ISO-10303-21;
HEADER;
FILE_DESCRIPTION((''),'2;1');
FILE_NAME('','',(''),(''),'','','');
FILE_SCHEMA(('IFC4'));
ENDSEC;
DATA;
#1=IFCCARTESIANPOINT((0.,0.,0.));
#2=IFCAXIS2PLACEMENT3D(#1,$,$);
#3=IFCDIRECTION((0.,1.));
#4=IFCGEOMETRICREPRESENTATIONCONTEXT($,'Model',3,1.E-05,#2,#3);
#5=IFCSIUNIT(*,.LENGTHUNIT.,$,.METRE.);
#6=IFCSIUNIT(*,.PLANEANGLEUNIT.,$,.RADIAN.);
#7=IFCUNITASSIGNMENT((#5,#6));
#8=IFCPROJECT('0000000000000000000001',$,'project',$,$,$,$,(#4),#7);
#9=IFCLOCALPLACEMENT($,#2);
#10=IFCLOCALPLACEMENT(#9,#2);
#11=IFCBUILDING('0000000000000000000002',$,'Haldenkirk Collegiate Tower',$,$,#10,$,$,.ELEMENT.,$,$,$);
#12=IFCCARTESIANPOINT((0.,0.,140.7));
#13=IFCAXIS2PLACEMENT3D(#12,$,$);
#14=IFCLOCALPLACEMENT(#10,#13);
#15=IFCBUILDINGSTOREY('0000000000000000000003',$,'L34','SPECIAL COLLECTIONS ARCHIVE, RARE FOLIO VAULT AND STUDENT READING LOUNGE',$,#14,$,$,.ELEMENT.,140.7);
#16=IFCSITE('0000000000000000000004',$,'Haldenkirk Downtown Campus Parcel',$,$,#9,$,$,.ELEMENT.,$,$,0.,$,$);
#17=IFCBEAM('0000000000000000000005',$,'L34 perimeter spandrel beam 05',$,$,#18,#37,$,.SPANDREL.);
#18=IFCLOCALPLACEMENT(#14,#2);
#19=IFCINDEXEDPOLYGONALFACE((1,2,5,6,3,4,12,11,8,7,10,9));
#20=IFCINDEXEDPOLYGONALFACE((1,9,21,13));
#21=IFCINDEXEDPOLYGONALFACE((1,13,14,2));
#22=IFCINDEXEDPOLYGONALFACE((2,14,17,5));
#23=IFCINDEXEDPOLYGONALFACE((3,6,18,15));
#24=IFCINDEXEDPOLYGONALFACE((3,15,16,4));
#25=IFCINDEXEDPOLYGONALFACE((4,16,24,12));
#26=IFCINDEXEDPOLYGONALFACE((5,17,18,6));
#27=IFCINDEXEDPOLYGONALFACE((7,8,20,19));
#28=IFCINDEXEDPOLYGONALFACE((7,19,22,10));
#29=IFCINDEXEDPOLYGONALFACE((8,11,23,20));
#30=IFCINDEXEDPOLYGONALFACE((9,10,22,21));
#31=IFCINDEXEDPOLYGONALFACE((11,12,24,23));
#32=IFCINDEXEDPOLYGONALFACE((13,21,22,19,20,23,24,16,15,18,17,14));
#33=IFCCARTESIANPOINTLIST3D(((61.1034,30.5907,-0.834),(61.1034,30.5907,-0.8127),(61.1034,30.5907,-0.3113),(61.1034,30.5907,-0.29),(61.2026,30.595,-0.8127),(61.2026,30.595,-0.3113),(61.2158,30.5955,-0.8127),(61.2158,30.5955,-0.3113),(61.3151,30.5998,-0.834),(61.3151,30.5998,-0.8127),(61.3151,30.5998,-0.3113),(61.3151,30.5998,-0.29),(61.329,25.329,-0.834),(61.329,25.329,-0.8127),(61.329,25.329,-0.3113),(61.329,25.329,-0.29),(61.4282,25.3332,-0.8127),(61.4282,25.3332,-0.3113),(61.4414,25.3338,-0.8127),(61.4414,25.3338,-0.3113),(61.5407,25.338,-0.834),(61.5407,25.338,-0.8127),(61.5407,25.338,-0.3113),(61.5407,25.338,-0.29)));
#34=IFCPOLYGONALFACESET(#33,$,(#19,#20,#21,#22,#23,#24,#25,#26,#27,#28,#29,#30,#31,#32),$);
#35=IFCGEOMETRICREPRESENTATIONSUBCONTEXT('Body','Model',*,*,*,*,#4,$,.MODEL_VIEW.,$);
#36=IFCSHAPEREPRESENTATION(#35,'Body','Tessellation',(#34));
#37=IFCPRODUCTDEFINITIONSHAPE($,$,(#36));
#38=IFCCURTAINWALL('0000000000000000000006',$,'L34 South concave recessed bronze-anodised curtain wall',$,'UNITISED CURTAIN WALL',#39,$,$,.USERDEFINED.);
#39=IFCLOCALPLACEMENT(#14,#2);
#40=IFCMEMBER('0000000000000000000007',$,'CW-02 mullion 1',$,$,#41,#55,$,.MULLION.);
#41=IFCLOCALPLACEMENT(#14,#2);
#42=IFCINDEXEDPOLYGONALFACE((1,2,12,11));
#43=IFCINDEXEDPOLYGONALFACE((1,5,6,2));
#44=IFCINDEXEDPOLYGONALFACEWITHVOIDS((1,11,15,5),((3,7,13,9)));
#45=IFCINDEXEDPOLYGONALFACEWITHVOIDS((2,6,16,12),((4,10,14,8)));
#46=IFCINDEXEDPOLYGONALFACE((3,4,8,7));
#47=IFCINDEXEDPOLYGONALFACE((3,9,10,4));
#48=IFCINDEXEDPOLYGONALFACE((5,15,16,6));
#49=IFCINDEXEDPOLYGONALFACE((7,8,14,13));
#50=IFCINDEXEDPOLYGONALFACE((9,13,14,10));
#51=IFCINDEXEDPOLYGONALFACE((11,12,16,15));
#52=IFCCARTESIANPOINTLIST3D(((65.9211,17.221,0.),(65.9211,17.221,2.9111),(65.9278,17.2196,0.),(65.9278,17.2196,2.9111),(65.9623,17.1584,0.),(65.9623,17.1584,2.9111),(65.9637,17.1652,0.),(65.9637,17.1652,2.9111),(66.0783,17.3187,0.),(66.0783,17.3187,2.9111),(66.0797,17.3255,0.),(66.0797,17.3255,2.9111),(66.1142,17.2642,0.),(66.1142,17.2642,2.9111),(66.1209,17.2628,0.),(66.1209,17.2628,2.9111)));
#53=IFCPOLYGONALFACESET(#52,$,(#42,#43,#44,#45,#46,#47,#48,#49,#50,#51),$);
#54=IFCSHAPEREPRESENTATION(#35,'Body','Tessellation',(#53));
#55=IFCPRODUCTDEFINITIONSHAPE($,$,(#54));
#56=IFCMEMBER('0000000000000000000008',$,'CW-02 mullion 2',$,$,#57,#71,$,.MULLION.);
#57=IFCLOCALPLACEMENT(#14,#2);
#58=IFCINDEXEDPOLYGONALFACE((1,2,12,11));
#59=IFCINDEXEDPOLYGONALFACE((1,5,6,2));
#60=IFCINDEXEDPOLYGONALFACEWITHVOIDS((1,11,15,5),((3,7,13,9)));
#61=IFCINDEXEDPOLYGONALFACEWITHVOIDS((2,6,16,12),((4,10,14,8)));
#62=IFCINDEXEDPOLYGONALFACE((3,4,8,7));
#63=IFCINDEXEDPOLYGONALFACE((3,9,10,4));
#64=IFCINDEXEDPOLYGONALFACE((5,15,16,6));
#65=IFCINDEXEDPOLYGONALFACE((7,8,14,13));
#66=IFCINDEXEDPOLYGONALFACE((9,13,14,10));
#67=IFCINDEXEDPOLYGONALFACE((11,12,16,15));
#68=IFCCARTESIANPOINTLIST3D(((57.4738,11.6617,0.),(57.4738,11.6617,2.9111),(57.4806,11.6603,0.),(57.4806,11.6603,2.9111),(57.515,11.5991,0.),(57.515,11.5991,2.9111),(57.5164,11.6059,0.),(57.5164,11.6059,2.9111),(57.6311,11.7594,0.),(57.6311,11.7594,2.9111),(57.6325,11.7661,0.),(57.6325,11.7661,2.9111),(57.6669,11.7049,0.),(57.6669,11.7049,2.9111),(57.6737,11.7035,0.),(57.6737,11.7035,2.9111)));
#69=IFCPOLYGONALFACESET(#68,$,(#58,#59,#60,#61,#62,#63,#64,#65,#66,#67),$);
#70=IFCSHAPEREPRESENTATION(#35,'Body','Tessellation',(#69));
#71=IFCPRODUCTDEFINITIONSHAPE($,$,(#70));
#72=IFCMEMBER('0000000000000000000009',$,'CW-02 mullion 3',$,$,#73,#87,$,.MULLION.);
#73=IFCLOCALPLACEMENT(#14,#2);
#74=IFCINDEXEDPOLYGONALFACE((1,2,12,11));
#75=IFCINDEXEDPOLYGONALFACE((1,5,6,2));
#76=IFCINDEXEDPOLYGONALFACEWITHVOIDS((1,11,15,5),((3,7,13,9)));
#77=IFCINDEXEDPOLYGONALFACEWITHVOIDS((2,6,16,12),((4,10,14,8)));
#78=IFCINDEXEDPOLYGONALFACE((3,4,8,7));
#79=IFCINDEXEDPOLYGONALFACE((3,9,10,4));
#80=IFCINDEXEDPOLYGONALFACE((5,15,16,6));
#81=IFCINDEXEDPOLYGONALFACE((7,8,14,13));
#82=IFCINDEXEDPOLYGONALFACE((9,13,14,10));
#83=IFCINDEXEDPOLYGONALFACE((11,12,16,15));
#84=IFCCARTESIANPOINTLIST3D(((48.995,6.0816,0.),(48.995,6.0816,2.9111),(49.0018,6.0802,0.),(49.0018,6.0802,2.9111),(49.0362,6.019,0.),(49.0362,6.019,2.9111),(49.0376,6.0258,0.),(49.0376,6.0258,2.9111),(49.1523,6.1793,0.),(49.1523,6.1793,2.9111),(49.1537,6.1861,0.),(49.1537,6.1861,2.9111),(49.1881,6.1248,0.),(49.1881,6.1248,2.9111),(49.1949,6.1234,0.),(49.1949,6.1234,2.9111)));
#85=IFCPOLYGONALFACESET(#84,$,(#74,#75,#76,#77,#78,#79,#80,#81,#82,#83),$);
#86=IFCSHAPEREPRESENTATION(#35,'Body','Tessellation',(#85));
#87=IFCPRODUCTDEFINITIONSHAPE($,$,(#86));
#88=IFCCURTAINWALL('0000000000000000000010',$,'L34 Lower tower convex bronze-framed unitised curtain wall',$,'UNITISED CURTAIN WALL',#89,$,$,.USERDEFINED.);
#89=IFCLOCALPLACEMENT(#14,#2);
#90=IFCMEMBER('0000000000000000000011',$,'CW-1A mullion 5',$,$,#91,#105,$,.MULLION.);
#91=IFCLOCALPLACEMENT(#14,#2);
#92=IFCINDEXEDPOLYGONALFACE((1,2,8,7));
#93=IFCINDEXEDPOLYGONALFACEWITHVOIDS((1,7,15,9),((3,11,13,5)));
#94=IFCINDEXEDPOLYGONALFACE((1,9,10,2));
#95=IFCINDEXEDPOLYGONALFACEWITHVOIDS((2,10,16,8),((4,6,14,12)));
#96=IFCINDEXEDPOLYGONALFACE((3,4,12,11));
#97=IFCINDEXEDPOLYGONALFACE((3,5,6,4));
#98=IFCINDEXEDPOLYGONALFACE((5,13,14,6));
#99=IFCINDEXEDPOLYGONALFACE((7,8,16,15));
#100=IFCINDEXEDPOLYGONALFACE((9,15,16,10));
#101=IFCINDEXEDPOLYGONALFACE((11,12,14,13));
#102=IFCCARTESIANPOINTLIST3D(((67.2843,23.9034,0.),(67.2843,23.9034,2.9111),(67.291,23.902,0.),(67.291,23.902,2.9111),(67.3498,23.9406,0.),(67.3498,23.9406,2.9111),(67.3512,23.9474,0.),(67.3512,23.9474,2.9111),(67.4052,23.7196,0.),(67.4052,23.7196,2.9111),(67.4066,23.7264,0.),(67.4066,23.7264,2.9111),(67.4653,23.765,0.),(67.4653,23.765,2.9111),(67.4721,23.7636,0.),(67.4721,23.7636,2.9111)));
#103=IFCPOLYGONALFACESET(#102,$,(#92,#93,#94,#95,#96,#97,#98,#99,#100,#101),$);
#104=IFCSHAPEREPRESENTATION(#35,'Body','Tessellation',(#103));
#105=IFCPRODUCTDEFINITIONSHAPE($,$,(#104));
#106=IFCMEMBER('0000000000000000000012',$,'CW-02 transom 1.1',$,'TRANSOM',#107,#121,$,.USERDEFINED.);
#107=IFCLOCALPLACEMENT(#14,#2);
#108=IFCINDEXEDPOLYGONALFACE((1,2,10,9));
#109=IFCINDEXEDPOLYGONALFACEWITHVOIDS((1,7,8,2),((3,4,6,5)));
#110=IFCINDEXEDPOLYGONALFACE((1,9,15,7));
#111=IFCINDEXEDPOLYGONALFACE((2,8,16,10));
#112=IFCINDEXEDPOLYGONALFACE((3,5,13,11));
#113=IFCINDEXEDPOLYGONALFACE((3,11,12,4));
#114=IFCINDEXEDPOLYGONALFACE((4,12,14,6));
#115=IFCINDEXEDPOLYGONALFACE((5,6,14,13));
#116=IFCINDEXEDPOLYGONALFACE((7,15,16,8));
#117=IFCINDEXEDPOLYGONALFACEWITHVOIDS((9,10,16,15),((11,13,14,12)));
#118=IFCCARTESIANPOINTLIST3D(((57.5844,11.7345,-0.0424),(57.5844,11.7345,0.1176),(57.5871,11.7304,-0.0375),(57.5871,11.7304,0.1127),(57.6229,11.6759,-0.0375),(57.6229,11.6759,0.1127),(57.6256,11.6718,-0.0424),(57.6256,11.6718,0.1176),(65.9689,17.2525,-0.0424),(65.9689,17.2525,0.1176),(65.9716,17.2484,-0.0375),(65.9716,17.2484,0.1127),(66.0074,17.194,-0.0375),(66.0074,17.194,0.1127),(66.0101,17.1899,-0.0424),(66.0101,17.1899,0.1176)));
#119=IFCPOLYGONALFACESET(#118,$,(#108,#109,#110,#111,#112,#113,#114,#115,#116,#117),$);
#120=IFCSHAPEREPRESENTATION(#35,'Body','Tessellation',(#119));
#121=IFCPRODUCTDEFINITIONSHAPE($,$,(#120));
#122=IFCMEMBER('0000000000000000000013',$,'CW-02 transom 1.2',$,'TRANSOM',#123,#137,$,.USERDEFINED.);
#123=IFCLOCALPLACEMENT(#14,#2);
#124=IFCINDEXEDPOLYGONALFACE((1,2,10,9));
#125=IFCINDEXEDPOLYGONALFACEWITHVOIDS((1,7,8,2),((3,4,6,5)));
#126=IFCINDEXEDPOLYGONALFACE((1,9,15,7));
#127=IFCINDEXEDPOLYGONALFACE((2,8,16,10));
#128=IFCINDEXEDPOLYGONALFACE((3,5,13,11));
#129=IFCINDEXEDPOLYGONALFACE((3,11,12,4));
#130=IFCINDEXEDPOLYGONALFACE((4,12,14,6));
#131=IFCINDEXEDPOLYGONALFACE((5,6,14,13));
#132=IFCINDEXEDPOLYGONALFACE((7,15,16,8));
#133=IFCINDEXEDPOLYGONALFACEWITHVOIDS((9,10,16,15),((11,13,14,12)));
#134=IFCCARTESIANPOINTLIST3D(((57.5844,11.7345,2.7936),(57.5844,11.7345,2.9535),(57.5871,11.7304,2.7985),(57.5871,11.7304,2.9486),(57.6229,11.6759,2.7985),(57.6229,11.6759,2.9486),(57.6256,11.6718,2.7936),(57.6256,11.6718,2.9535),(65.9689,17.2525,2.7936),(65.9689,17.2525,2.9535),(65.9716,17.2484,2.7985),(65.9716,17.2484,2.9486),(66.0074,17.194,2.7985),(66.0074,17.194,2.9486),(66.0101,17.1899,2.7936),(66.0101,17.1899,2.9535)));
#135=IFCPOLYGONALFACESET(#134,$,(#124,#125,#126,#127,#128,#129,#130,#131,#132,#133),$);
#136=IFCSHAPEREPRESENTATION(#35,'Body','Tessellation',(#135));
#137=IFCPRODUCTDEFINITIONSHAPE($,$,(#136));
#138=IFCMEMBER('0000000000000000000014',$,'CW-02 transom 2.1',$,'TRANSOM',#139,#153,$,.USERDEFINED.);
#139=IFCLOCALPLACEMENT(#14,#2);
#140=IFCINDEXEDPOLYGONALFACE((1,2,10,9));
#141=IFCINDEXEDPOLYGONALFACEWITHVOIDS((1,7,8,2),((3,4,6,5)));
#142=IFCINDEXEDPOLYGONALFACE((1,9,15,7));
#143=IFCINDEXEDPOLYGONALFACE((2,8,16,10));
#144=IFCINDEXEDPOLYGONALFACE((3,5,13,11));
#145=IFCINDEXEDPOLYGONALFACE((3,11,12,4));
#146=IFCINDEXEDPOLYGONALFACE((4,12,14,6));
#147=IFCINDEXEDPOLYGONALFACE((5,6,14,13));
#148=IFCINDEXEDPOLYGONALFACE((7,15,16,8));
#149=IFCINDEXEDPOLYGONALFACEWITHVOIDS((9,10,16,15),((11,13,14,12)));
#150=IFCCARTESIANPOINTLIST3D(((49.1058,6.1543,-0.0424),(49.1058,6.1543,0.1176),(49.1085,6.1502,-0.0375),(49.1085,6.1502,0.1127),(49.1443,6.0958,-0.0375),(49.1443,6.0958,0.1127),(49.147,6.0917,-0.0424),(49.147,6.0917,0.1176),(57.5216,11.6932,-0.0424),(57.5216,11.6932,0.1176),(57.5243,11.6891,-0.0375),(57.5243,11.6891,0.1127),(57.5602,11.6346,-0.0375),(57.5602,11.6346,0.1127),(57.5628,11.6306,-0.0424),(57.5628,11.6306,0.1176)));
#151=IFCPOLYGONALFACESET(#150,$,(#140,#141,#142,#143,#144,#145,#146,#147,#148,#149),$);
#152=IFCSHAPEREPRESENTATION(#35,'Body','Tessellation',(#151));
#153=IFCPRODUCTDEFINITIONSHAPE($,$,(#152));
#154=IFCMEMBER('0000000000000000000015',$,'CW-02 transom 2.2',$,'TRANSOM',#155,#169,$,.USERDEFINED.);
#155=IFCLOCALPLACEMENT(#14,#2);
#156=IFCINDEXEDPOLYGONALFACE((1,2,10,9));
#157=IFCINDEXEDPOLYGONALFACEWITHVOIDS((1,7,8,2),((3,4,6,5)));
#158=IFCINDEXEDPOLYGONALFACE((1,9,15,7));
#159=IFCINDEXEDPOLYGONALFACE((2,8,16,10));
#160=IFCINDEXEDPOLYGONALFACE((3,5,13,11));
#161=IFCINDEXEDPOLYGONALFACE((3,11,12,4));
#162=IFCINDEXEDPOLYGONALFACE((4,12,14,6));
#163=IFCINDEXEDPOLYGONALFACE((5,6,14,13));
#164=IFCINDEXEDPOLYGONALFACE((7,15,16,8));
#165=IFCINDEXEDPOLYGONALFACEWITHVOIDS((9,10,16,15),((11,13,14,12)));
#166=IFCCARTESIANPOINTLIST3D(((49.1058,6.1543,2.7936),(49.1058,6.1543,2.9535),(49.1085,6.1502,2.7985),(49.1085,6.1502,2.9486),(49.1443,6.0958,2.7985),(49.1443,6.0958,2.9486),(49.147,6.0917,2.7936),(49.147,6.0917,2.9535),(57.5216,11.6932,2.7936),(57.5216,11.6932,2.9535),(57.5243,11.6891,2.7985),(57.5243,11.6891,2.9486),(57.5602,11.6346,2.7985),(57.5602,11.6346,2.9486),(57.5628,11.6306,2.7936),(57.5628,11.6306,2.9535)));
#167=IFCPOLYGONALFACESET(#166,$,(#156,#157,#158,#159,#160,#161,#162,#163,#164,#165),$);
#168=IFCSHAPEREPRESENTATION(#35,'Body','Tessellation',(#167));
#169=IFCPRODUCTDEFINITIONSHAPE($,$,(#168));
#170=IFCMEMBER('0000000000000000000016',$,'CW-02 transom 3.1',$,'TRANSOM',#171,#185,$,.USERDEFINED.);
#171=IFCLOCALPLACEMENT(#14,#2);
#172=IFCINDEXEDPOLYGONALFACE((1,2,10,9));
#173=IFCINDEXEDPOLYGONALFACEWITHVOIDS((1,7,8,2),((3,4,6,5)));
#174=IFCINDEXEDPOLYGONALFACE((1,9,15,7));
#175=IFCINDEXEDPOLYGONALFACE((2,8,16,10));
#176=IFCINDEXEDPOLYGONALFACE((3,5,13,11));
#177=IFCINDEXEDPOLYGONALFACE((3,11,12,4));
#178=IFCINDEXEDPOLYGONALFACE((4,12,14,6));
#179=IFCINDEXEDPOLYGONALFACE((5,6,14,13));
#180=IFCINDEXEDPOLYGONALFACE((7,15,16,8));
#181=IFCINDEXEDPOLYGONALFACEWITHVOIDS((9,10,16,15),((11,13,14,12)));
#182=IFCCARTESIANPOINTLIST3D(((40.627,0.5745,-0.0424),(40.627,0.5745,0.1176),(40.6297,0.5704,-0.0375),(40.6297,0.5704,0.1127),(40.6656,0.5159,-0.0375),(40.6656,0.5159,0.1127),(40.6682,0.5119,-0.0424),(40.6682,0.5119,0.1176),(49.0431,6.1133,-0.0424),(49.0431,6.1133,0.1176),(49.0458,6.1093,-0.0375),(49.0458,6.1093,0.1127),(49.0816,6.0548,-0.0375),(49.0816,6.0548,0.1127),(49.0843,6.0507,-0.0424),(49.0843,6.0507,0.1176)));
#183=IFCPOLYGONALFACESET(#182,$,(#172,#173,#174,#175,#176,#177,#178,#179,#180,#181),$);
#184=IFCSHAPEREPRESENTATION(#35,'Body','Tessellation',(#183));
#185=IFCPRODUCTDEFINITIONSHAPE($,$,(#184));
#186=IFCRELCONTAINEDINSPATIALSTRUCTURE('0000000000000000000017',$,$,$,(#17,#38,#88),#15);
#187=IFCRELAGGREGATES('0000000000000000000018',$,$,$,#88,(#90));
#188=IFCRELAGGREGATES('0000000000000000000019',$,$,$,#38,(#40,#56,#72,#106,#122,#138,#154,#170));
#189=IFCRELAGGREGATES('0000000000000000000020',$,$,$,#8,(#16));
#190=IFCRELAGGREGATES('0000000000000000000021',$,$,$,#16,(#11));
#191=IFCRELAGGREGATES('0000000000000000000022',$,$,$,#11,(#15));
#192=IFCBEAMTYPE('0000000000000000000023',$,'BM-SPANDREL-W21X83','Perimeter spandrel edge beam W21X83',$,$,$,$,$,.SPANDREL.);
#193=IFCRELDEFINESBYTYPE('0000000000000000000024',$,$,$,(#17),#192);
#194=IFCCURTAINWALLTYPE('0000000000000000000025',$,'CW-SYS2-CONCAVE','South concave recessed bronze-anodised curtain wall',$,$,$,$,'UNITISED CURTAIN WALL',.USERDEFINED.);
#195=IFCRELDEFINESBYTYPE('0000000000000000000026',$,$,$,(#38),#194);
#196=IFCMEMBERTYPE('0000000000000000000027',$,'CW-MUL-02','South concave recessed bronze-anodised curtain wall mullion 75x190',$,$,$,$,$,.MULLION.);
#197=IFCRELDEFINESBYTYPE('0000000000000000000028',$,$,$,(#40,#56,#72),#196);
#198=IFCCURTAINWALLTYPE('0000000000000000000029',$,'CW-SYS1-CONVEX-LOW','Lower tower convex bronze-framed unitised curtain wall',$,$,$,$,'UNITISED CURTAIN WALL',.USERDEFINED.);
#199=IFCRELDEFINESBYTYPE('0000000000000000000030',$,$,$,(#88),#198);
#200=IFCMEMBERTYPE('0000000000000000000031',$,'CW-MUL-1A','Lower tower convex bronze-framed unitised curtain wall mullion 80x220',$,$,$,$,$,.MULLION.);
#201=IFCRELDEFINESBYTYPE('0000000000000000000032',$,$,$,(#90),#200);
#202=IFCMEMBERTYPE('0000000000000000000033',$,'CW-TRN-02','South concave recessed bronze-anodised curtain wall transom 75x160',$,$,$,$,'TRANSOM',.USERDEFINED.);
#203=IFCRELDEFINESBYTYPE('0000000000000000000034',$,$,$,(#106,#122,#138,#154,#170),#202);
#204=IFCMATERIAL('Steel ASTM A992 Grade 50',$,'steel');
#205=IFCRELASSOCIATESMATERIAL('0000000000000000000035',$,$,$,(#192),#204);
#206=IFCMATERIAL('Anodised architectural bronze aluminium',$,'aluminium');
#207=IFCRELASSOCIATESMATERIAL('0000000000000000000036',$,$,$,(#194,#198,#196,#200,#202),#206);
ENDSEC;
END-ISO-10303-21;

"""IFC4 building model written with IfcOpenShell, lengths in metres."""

from ifc_helpers import new_model, si_unit, direction, frame, origin, origin_2d, place, context, subcontext, project, spatial, hollow_rectangle, i_section, extrude, material, material_profile, profile_set, type_object, element, aggregate, save


model = new_model("IFC4")

# Units and contexts
model_context = context("Model", 3, precision=1e-05, world=origin(), true_north=direction((0.0, 1.0)))
body_context = subcontext(model_context, "Body", "Model", "MODEL_VIEW")
ifc_project = project(units=[si_unit("LENGTHUNIT", "METRE"), si_unit("PLANEANGLEUNIT", "RADIAN")], contexts=[model_context])

# Site, building, storey
site_placement = place(None, origin())
site = spatial("IfcSite", under=ifc_project, at=site_placement, Name="Haldenkirk Downtown Campus Parcel", CompositionType="ELEMENT", RefElevation=0.0)
building_placement = place(site_placement, origin())
building = spatial("IfcBuilding", under=site, at=building_placement, Name="Haldenkirk Collegiate Tower", CompositionType="ELEMENT")
storey_placement = place(building_placement, frame((0.0, 0.0, 140.7)))
storey = spatial("IfcBuildingStorey", under=building, at=storey_placement, Name="L34", Description="SPECIAL COLLECTIONS ARCHIVE, RARE FOLIO VAULT AND STUDENT READING LOUNGE", CompositionType="ELEMENT", Elevation=140.7)

# Beam
ifc_material_1 = material(Name="Steel ASTM A992 Grade 50", Category="steel")
ifc_material_profile_1 = material_profile(ifc_material_1, i_section(OverallWidth=0.2119, OverallDepth=0.5439, WebThickness=0.0132, FlangeThickness=0.0212, at=origin_2d()), Name="W21X83")
ifc_profile_set_1 = profile_set([ifc_material_profile_1], Name="Steel ASTM A992 Grade 50")
beam_type_1 = type_object("IfcBeamType", Name="BM-SPANDREL-W21X83", Description="Perimeter spandrel edge beam W21X83", PredefinedType="SPANDREL", material=ifc_profile_set_1)
beam_1_placement = place(storey_placement, frame((61.4348, 25.3335, -0.562), z_axis=(-0.042834, 0.999082, 0.0), x_axis=(-0.999082, -0.042834, 0.0)))
element("IfcBeam", 1, at=beam_1_placement, inside=storey, type_object=beam_type_1, Name="L34 perimeter spandrel beam 05", PredefinedType="SPANDREL", context=body_context, shape_type="SweptSolid", body=[
    extrude(i_section(OverallWidth=0.2119, OverallDepth=0.5439, WebThickness=0.0132, FlangeThickness=0.0212, at=origin_2d()), origin(), (0.0, 0.0, 1.0), 5.2666),
])

# Curtain wall, members
ifc_material_2 = material(Name="Anodised architectural bronze aluminium", Category="aluminium")
curtain_wall_type_1 = type_object("IfcCurtainWallType", Name="CW-SYS2-CONCAVE", Description="South concave recessed bronze-anodised curtain wall", ElementType="UNITISED CURTAIN WALL", PredefinedType="USERDEFINED", material=ifc_material_2)
curtain_wall_1_placement = place(storey_placement, origin())
curtain_wall_1 = element("IfcCurtainWall", 2, at=curtain_wall_1_placement, inside=storey, type_object=curtain_wall_type_1, Name="L34 South concave recessed bronze-anodised curtain wall", ObjectType="UNITISED CURTAIN WALL", PredefinedType="USERDEFINED")
ifc_material_profile_2 = material_profile(ifc_material_2, hollow_rectangle(XDim=0.075, YDim=0.1899, WallThickness=0.0049, at=origin_2d()), Name="CW-MUL-02")
ifc_profile_set_2 = profile_set([ifc_material_profile_2], Name="Anodised architectural bronze aluminium")
member_type_1 = type_object("IfcMemberType", Name="CW-MUL-02", Description="South concave recessed bronze-anodised curtain wall mullion 75x190", PredefinedType="MULLION", material=ifc_profile_set_2)
member_1_placement = place(storey_placement, frame((66.021, 17.2419, 0.0), z_axis=(0.0, 0.0, 1.0), x_axis=(0.549752, -0.835328, 0.0)))
member_1 = element("IfcMember", 3, at=member_1_placement, type_object=member_type_1, Name="CW-02 mullion 1", PredefinedType="MULLION", context=body_context, shape_type="SweptSolid", body=[
    extrude(hollow_rectangle(XDim=0.075, YDim=0.1899, WallThickness=0.0049, at=origin_2d()), origin(), (0.0, 0.0, 1.0), 2.9111),
])
member_2_placement = place(storey_placement, frame((57.5737, 11.6826, 0.0), z_axis=(0.0, 0.0, 1.0), x_axis=(0.549752, -0.835328, 0.0)))
member_2 = element("IfcMember", 4, at=member_2_placement, type_object=member_type_1, Name="CW-02 mullion 2", PredefinedType="MULLION", context=body_context, shape_type="SweptSolid", body=[
    extrude(hollow_rectangle(XDim=0.075, YDim=0.1899, WallThickness=0.0049, at=origin_2d()), origin(), (0.0, 0.0, 1.0), 2.9111),
])
member_3_placement = place(storey_placement, frame((49.095, 6.1025, 0.0), z_axis=(0.0, 0.0, 1.0), x_axis=(0.549752, -0.835328, 0.0)))
member_3 = element("IfcMember", 5, at=member_3_placement, type_object=member_type_1, Name="CW-02 mullion 3", PredefinedType="MULLION", context=body_context, shape_type="SweptSolid", body=[
    extrude(hollow_rectangle(XDim=0.075, YDim=0.1899, WallThickness=0.0049, at=origin_2d()), origin(), (0.0, 0.0, 1.0), 2.9111),
])

# Curtain wall, member
curtain_wall_type_2 = type_object("IfcCurtainWallType", Name="CW-SYS1-CONVEX-LOW", Description="Lower tower convex bronze-framed unitised curtain wall", ElementType="UNITISED CURTAIN WALL", PredefinedType="USERDEFINED", material=ifc_material_2)
curtain_wall_2_placement = place(storey_placement, origin())
curtain_wall_2 = element("IfcCurtainWall", 6, at=curtain_wall_2_placement, inside=storey, type_object=curtain_wall_type_2, Name="L34 Lower tower convex bronze-framed unitised curtain wall", ObjectType="UNITISED CURTAIN WALL", PredefinedType="USERDEFINED")
ifc_material_profile_3 = material_profile(ifc_material_2, hollow_rectangle(XDim=0.0801, YDim=0.22, WallThickness=0.0049, at=origin_2d()), Name="CW-MUL-1A")
ifc_profile_set_3 = profile_set([ifc_material_profile_3], Name="Anodised architectural bronze aluminium")
member_type_2 = type_object("IfcMemberType", Name="CW-MUL-1A", Description="Lower tower convex bronze-framed unitised curtain wall mullion 80x220", PredefinedType="MULLION", material=ifc_profile_set_3)
member_4_placement = place(storey_placement, frame((67.3782, 23.8335, 0.0), z_axis=(0.0, 0.0, 1.0), x_axis=(0.835328, 0.549751, 0.0)))
member_4 = element("IfcMember", 7, at=member_4_placement, type_object=member_type_2, Name="CW-1A mullion 5", PredefinedType="MULLION", context=body_context, shape_type="SweptSolid", body=[
    extrude(hollow_rectangle(XDim=0.0801, YDim=0.22, WallThickness=0.0049, at=origin_2d()), origin(), (0.0, 0.0, 1.0), 2.9111),
])
aggregate(curtain_wall_2, [member_4])

# Members
ifc_material_profile_4 = material_profile(ifc_material_2, hollow_rectangle(XDim=0.075, YDim=0.1599, WallThickness=0.0049, at=origin_2d()), Name="CW-TRN-02")
ifc_profile_set_4 = profile_set([ifc_material_profile_4], Name="Anodised architectural bronze aluminium")
member_type_3 = type_object("IfcMemberType", Name="CW-TRN-02", Description="South concave recessed bronze-anodised curtain wall transom 75x160", ElementType="TRANSOM", PredefinedType="USERDEFINED", material=ifc_profile_set_4)
member_5_placement = place(storey_placement, frame((65.9895, 17.2212, 0.0376), z_axis=(-0.835329, -0.549751, 0.0), x_axis=(0.549751, -0.835329, 0.0)))
member_5 = element("IfcMember", 8, at=member_5_placement, type_object=member_type_3, Name="CW-02 transom 1.1", ObjectType="TRANSOM", PredefinedType="USERDEFINED", context=body_context, shape_type="SweptSolid", body=[
    extrude(hollow_rectangle(XDim=0.075, YDim=0.1599, WallThickness=0.0049, at=origin_2d()), origin(), (0.0, 0.0, 1.0), 10.0374),
])
member_6_placement = place(storey_placement, frame((65.9895, 17.2212, 2.8735), z_axis=(-0.835329, -0.549751, 0.0), x_axis=(0.549751, -0.835329, 0.0)))
member_6 = element("IfcMember", 9, at=member_6_placement, type_object=member_type_3, Name="CW-02 transom 1.2", ObjectType="TRANSOM", PredefinedType="USERDEFINED", context=body_context, shape_type="SweptSolid", body=[
    extrude(hollow_rectangle(XDim=0.075, YDim=0.1599, WallThickness=0.0049, at=origin_2d()), origin(), (0.0, 0.0, 1.0), 10.0374),
])
member_7_placement = place(storey_placement, frame((57.5422, 11.6619, 0.0376), z_axis=(-0.83532, -0.549764, 0.0), x_axis=(0.549764, -0.83532, 0.0)))
member_7 = element("IfcMember", 10, at=member_7_placement, type_object=member_type_3, Name="CW-02 transom 2.1", ObjectType="TRANSOM", PredefinedType="USERDEFINED", context=body_context, shape_type="SweptSolid", body=[
    extrude(hollow_rectangle(XDim=0.075, YDim=0.1599, WallThickness=0.0049, at=origin_2d()), origin(), (0.0, 0.0, 1.0), 10.075),
])
member_8_placement = place(storey_placement, frame((57.5422, 11.6619, 2.8735), z_axis=(-0.83532, -0.549764, 0.0), x_axis=(0.549764, -0.83532, 0.0)))
member_8 = element("IfcMember", 11, at=member_8_placement, type_object=member_type_3, Name="CW-02 transom 2.2", ObjectType="TRANSOM", PredefinedType="USERDEFINED", context=body_context, shape_type="SweptSolid", body=[
    extrude(hollow_rectangle(XDim=0.075, YDim=0.1599, WallThickness=0.0049, at=origin_2d()), origin(), (0.0, 0.0, 1.0), 10.075),
])
member_9_placement = place(storey_placement, frame((49.0637, 6.082, 0.0376), z_axis=(-0.835327, -0.549753, 0.0), x_axis=(0.549753, -0.835327, 0.0)))
member_9 = element("IfcMember", 12, at=member_9_placement, type_object=member_type_3, Name="CW-02 transom 3.1", ObjectType="TRANSOM", PredefinedType="USERDEFINED", context=body_context, shape_type="SweptSolid", body=[
    extrude(hollow_rectangle(XDim=0.075, YDim=0.1599, WallThickness=0.0049, at=origin_2d()), origin(), (0.0, 0.0, 1.0), 10.0752),
])

aggregate(curtain_wall_1, [member_1, member_2, member_3, member_5, member_6, member_7, member_8, member_9])

save(model, "model.ifc")
